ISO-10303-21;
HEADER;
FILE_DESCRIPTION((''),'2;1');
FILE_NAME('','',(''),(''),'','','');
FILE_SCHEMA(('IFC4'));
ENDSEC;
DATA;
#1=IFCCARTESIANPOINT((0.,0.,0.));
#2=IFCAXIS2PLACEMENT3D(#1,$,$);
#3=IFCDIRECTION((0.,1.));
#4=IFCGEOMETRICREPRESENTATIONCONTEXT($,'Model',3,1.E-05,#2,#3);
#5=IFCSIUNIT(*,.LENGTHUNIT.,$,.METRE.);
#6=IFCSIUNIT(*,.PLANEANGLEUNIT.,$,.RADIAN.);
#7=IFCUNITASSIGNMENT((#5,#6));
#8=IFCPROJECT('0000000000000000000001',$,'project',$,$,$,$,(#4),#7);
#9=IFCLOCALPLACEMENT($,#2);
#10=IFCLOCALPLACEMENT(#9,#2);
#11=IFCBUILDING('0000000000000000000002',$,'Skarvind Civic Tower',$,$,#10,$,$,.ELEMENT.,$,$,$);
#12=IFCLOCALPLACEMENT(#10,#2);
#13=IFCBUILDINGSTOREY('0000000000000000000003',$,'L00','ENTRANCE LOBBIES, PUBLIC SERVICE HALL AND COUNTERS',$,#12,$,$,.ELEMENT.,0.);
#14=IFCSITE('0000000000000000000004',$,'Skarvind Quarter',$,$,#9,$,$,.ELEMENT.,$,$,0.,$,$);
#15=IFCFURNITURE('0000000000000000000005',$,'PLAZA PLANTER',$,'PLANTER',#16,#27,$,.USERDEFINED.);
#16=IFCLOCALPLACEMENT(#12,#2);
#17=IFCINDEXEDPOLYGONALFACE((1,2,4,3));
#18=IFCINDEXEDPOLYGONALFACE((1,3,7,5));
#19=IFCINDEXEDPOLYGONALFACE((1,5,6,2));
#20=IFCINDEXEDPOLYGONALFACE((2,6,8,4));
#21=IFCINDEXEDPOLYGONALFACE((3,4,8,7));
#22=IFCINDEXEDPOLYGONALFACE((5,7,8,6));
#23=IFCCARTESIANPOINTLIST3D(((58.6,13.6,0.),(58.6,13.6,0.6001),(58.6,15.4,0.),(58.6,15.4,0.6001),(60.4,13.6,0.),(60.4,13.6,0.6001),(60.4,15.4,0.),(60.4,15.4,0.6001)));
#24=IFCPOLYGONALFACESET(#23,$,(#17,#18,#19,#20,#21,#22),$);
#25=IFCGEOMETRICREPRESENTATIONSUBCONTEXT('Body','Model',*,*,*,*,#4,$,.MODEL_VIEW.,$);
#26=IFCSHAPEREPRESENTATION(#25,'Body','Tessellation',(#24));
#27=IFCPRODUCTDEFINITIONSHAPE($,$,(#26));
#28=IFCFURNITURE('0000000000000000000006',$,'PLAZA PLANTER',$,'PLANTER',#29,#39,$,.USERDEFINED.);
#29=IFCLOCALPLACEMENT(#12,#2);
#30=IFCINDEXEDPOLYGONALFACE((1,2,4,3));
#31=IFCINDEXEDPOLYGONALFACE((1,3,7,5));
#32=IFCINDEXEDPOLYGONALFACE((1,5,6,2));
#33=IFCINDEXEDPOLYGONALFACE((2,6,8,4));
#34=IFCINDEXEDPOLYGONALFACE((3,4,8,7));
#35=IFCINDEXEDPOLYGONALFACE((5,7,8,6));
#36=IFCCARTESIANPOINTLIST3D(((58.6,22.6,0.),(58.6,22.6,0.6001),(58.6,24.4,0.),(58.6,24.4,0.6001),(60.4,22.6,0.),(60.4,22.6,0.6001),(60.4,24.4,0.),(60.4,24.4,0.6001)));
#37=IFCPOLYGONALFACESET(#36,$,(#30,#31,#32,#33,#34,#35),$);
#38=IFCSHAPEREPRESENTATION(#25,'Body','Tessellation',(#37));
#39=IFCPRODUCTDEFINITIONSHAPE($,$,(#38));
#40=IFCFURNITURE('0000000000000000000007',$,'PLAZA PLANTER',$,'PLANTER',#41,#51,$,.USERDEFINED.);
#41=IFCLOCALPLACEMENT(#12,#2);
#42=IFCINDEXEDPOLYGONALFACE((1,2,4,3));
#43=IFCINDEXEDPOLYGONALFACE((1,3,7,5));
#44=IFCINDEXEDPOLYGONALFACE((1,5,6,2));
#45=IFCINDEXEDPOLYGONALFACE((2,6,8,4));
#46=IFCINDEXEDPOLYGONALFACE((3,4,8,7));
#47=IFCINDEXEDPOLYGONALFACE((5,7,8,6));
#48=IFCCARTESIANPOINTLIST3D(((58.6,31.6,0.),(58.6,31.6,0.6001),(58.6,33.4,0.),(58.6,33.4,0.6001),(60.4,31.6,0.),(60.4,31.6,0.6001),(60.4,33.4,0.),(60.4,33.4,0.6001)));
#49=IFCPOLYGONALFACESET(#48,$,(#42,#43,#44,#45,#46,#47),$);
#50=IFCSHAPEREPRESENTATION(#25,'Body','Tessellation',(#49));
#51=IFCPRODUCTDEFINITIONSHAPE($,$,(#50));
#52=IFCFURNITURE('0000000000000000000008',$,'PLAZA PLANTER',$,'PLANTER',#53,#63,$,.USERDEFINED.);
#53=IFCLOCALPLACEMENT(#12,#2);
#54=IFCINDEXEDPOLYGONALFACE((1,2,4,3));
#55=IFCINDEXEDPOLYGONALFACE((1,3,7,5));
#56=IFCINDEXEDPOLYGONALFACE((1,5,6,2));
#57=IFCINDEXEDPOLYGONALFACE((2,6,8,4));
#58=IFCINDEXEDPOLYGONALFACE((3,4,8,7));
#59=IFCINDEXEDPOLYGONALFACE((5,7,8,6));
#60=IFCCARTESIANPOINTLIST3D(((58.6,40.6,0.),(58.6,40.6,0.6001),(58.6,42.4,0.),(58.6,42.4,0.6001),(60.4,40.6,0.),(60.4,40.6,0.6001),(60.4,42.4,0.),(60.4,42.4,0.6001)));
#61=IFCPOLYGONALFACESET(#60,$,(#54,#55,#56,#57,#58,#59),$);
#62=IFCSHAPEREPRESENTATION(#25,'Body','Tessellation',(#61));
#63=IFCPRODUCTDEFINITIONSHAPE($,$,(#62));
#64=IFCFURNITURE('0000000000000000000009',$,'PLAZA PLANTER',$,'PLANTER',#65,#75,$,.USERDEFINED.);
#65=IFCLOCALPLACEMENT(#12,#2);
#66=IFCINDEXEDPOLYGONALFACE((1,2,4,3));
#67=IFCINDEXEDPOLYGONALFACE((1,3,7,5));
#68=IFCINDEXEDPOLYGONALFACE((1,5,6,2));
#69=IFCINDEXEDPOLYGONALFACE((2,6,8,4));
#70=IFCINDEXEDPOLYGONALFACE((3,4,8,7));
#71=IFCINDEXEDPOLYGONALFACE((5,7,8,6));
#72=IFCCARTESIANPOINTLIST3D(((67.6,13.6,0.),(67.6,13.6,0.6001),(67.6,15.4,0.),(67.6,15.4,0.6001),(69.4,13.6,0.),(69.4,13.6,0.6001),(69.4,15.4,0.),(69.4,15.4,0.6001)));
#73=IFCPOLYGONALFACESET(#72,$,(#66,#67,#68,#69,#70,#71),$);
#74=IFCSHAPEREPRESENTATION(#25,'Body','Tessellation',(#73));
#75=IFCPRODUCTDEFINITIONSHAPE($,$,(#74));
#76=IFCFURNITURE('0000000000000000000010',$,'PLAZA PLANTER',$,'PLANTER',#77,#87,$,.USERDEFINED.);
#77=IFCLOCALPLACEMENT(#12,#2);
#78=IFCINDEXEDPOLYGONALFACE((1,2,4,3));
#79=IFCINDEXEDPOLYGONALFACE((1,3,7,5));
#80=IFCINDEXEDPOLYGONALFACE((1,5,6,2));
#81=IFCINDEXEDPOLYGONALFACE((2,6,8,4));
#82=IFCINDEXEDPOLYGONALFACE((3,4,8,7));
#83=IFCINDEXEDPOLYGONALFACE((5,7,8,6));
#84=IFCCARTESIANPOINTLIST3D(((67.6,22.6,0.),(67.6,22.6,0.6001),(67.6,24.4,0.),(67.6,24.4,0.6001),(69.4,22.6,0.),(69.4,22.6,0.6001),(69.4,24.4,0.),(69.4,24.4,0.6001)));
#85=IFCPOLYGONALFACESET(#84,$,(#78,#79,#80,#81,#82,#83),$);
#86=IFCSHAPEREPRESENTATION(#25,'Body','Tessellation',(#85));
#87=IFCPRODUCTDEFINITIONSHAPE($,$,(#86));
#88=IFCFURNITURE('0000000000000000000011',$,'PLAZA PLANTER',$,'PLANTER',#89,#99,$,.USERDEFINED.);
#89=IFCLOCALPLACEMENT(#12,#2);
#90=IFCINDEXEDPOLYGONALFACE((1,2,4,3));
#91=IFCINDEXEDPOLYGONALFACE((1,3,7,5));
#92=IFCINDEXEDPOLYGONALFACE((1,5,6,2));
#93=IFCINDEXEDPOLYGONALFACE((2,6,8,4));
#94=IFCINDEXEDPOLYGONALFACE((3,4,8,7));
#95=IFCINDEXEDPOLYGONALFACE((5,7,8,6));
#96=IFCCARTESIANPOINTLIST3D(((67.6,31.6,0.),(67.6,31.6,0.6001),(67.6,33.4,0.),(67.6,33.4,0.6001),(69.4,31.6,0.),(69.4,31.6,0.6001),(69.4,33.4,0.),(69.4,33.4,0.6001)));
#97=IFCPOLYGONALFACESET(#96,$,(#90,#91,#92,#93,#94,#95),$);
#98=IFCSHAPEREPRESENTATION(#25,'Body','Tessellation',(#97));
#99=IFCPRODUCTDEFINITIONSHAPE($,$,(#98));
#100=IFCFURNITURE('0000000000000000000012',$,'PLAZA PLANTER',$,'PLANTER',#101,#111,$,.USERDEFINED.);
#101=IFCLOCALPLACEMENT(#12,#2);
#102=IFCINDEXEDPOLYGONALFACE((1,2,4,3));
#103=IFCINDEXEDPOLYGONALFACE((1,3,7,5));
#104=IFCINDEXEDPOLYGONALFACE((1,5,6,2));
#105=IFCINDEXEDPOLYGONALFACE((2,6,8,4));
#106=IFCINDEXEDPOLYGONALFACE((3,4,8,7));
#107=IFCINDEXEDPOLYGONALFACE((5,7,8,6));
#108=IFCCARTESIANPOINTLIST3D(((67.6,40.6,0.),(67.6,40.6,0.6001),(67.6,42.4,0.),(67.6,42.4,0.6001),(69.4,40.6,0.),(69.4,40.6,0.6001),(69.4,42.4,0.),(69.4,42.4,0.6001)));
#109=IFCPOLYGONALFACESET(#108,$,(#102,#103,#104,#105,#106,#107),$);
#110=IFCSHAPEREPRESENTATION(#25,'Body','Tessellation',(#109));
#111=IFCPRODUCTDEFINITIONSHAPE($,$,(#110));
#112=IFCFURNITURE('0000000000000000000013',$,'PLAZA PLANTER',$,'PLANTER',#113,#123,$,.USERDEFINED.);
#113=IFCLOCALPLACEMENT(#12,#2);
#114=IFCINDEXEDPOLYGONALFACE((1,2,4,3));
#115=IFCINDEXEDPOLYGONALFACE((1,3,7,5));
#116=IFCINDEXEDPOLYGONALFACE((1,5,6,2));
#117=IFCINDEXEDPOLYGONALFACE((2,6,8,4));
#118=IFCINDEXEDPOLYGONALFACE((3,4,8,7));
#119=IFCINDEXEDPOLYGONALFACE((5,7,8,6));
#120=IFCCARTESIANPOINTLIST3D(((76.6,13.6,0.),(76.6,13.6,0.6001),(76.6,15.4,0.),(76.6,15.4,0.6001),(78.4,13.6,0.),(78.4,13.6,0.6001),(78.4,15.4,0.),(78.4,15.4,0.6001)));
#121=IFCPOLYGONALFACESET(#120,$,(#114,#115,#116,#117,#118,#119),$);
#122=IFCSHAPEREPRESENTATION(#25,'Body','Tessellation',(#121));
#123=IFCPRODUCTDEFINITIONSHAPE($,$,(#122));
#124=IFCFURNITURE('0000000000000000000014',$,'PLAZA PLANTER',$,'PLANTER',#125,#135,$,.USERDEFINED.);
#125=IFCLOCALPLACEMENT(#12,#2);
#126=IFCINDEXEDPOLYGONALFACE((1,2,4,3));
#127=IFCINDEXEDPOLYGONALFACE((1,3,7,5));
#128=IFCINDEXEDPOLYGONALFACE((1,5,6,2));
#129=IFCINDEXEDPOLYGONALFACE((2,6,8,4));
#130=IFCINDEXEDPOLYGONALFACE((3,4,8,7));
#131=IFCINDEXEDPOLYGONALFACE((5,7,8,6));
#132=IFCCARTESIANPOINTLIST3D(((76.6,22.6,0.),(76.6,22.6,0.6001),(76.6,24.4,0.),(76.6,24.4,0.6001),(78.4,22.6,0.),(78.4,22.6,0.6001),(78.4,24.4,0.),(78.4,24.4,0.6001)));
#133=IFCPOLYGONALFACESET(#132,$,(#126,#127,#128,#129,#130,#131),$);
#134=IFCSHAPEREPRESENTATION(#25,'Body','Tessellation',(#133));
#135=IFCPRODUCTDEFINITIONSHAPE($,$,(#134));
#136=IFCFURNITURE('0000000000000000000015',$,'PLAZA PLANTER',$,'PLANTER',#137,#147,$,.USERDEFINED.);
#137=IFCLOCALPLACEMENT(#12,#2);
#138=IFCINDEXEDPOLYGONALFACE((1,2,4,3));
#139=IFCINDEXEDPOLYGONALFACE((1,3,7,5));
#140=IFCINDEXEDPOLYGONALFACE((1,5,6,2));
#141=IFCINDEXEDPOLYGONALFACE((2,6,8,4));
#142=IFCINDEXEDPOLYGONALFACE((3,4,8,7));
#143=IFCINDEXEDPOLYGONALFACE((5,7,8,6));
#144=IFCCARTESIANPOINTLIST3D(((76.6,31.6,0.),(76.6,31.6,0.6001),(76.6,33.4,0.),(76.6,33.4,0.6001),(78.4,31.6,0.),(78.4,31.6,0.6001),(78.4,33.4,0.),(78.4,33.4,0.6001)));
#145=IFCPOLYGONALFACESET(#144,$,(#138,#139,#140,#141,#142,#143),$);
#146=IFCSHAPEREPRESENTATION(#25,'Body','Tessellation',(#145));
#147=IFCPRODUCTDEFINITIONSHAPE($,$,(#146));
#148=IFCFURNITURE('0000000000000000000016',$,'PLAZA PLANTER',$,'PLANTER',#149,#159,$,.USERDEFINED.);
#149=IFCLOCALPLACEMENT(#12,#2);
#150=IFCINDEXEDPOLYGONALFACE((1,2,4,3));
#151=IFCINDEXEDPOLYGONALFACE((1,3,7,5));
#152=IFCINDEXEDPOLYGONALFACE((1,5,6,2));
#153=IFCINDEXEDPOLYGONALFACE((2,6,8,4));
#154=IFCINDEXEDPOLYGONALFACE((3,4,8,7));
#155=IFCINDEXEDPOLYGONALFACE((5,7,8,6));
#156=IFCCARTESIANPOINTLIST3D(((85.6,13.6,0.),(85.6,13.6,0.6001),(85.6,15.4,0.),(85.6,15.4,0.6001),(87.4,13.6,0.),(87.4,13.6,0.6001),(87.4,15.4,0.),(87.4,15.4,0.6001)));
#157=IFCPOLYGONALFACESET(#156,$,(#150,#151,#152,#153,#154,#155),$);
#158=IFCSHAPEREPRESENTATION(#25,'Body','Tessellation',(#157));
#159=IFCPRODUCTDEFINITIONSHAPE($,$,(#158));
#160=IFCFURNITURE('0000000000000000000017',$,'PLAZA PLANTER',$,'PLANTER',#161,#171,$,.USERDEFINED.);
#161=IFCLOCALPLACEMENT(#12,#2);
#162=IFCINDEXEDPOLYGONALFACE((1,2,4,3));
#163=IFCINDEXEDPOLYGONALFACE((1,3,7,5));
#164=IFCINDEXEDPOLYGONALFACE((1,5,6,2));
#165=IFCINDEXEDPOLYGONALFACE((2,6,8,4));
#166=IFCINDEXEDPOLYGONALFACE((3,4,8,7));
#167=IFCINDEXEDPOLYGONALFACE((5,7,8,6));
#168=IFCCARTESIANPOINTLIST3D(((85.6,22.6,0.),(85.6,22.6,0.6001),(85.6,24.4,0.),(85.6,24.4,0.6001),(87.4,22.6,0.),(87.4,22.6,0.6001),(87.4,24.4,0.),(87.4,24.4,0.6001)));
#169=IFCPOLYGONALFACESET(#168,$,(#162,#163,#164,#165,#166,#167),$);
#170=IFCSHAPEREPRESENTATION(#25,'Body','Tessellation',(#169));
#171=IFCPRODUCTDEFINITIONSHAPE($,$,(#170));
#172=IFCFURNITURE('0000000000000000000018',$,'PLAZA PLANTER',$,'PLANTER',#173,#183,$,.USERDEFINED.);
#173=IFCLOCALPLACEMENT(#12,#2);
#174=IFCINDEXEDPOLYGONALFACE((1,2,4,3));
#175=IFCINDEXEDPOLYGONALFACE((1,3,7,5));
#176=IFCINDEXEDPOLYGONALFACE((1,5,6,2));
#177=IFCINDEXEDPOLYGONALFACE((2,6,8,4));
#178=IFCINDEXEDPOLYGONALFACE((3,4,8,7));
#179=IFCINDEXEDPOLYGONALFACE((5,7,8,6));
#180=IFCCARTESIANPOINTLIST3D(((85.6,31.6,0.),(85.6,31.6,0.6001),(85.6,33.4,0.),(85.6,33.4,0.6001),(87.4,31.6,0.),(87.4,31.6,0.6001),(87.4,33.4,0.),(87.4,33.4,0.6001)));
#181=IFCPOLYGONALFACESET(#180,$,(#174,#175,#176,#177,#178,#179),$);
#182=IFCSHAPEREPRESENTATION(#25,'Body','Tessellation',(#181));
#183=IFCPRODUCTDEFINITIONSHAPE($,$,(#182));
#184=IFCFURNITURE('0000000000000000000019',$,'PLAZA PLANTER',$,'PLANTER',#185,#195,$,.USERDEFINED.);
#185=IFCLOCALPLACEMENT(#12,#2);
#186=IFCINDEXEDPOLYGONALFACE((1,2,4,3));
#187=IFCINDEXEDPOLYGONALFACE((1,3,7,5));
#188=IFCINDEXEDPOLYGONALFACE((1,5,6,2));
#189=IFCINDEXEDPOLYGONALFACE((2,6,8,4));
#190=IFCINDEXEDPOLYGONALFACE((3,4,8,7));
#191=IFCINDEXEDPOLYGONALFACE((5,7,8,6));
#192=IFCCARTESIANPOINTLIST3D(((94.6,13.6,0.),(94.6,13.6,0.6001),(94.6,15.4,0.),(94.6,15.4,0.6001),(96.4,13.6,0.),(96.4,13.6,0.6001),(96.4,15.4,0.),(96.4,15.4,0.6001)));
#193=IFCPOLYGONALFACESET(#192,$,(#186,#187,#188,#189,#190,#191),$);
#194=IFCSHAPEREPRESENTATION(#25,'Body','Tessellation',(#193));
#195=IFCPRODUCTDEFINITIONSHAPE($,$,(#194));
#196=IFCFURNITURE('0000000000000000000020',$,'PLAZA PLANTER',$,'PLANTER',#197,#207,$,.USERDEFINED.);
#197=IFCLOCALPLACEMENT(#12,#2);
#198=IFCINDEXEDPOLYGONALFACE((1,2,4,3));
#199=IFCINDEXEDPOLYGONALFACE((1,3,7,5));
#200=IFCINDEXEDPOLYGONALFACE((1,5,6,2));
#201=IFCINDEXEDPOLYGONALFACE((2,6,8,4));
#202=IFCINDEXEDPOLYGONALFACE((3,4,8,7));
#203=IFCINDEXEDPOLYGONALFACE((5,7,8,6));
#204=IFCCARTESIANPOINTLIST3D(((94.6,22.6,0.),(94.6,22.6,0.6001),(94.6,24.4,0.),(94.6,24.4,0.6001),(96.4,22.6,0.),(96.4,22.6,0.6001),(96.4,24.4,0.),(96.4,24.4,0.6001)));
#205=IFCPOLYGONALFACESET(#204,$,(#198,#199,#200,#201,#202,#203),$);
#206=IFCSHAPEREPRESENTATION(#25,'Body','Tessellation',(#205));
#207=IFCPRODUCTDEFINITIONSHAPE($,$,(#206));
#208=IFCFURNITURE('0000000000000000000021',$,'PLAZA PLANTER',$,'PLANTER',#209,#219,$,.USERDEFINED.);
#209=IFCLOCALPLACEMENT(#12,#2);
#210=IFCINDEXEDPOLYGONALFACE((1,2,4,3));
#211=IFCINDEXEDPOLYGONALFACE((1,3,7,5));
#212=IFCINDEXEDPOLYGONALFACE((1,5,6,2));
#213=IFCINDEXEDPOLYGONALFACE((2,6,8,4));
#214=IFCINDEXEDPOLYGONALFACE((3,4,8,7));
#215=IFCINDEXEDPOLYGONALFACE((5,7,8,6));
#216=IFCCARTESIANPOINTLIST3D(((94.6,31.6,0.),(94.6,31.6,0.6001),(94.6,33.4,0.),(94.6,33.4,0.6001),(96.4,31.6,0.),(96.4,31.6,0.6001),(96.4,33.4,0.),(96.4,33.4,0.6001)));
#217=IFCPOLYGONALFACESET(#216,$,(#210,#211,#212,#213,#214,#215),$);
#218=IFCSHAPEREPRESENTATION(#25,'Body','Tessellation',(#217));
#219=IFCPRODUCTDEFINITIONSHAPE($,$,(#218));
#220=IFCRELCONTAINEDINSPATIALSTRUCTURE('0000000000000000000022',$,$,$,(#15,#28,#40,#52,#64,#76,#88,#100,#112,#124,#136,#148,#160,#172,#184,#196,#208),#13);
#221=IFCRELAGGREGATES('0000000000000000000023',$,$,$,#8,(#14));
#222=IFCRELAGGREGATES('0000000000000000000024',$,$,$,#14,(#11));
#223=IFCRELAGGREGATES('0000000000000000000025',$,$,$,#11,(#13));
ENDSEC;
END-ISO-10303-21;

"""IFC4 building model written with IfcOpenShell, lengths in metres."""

from ifc_helpers import new_model, si_unit, direction, frame, origin, origin_2d, place, context, subcontext, project, spatial, rectangle, extrude, element, save


model = new_model("IFC4")

# Units and contexts
model_context = context("Model", 3, precision=1e-05, world=origin(), true_north=direction((0.0, 1.0)))
body_context = subcontext(model_context, "Body", "Model", "MODEL_VIEW")
ifc_project = project(units=[si_unit("LENGTHUNIT", "METRE"), si_unit("PLANEANGLEUNIT", "RADIAN")], contexts=[model_context])

# Site, building, storey
site_placement = place(None, origin())
site = spatial("IfcSite", under=ifc_project, at=site_placement, Name="Skarvind Quarter", CompositionType="ELEMENT", RefElevation=0.0)
building_placement = place(site_placement, origin())
building = spatial("IfcBuilding", under=site, at=building_placement, Name="Skarvind Civic Tower", CompositionType="ELEMENT")
storey_placement = place(building_placement, origin())
storey = spatial("IfcBuildingStorey", under=building, at=storey_placement, Name="L00", Description="ENTRANCE LOBBIES, PUBLIC SERVICE HALL AND COUNTERS", CompositionType="ELEMENT", Elevation=0.0)

# Furniture
for number, where, z_axis, x_axis, name in (
    (1, (59.5, 14.5, 0.0), (0.0, 0.0, 1.0), (1.0, 0.0, 0.0), "PLAZA PLANTER"),
    (2, (59.5, 23.5, 0.0), (0.0, 0.0, 1.0), (1.0, 0.0, 0.0), "PLAZA PLANTER"),
    (3, (59.5, 32.5, 0.0), (0.0, 0.0, 1.0), (1.0, 0.0, 0.0), "PLAZA PLANTER"),
    (4, (59.5, 41.5, 0.0), (0.0, 0.0, 1.0), (1.0, 0.0, 0.0), "PLAZA PLANTER"),
    (5, (68.5, 14.5, 0.0), (0.0, 0.0, 1.0), (1.0, 0.0, 0.0), "PLAZA PLANTER"),
    (6, (68.5, 23.5, 0.0), (0.0, 0.0, 1.0), (1.0, 0.0, 0.0), "PLAZA PLANTER"),
    (7, (68.5, 32.5, 0.0), (0.0, 0.0, 1.0), (1.0, 0.0, 0.0), "PLAZA PLANTER"),
    (8, (68.5, 41.5, 0.0), (0.0, 0.0, 1.0), (1.0, 0.0, 0.0), "PLAZA PLANTER"),
    (9, (77.5, 14.5, 0.0), (0.0, 0.0, 1.0), (1.0, 0.0, 0.0), "PLAZA PLANTER"),
    (10, (77.5, 23.5, 0.0), (0.0, 0.0, 1.0), (1.0, 0.0, 0.0), "PLAZA PLANTER"),
    (11, (77.5, 32.5, 0.0), (0.0, 0.0, 1.0), (1.0, 0.0, 0.0), "PLAZA PLANTER"),
    (12, (86.5, 14.5, 0.0), (0.0, 0.0, 1.0), (1.0, 0.0, 0.0), "PLAZA PLANTER"),
    (13, (86.5, 23.5, 0.0), (0.0, 0.0, 1.0), (1.0, 0.0, 0.0), "PLAZA PLANTER"),
    (14, (86.5, 32.5, 0.0), (0.0, 0.0, 1.0), (1.0, 0.0, 0.0), "PLAZA PLANTER"),
    (15, (95.5, 14.5, 0.0), (0.0, 0.0, 1.0), (1.0, 0.0, 0.0), "PLAZA PLANTER"),
    (16, (95.5, 23.5, 0.0), (0.0, 0.0, 1.0), (1.0, 0.0, 0.0), "PLAZA PLANTER"),
    (17, (95.5, 32.5, 0.0), (0.0, 0.0, 1.0), (1.0, 0.0, 0.0), "PLAZA PLANTER"),
):
    element("IfcFurniture", number, at=place(storey_placement, frame(where, z_axis=z_axis, x_axis=x_axis)), inside=storey, Name=name, ObjectType="PLANTER", PredefinedType="USERDEFINED", context=body_context, shape_type="SweptSolid", body=[
        extrude(rectangle(XDim=1.8, YDim=1.8, at=origin_2d()), origin(), (0.0, 0.0, 1.0), 0.6001),
    ])

save(model, "model.ifc")
